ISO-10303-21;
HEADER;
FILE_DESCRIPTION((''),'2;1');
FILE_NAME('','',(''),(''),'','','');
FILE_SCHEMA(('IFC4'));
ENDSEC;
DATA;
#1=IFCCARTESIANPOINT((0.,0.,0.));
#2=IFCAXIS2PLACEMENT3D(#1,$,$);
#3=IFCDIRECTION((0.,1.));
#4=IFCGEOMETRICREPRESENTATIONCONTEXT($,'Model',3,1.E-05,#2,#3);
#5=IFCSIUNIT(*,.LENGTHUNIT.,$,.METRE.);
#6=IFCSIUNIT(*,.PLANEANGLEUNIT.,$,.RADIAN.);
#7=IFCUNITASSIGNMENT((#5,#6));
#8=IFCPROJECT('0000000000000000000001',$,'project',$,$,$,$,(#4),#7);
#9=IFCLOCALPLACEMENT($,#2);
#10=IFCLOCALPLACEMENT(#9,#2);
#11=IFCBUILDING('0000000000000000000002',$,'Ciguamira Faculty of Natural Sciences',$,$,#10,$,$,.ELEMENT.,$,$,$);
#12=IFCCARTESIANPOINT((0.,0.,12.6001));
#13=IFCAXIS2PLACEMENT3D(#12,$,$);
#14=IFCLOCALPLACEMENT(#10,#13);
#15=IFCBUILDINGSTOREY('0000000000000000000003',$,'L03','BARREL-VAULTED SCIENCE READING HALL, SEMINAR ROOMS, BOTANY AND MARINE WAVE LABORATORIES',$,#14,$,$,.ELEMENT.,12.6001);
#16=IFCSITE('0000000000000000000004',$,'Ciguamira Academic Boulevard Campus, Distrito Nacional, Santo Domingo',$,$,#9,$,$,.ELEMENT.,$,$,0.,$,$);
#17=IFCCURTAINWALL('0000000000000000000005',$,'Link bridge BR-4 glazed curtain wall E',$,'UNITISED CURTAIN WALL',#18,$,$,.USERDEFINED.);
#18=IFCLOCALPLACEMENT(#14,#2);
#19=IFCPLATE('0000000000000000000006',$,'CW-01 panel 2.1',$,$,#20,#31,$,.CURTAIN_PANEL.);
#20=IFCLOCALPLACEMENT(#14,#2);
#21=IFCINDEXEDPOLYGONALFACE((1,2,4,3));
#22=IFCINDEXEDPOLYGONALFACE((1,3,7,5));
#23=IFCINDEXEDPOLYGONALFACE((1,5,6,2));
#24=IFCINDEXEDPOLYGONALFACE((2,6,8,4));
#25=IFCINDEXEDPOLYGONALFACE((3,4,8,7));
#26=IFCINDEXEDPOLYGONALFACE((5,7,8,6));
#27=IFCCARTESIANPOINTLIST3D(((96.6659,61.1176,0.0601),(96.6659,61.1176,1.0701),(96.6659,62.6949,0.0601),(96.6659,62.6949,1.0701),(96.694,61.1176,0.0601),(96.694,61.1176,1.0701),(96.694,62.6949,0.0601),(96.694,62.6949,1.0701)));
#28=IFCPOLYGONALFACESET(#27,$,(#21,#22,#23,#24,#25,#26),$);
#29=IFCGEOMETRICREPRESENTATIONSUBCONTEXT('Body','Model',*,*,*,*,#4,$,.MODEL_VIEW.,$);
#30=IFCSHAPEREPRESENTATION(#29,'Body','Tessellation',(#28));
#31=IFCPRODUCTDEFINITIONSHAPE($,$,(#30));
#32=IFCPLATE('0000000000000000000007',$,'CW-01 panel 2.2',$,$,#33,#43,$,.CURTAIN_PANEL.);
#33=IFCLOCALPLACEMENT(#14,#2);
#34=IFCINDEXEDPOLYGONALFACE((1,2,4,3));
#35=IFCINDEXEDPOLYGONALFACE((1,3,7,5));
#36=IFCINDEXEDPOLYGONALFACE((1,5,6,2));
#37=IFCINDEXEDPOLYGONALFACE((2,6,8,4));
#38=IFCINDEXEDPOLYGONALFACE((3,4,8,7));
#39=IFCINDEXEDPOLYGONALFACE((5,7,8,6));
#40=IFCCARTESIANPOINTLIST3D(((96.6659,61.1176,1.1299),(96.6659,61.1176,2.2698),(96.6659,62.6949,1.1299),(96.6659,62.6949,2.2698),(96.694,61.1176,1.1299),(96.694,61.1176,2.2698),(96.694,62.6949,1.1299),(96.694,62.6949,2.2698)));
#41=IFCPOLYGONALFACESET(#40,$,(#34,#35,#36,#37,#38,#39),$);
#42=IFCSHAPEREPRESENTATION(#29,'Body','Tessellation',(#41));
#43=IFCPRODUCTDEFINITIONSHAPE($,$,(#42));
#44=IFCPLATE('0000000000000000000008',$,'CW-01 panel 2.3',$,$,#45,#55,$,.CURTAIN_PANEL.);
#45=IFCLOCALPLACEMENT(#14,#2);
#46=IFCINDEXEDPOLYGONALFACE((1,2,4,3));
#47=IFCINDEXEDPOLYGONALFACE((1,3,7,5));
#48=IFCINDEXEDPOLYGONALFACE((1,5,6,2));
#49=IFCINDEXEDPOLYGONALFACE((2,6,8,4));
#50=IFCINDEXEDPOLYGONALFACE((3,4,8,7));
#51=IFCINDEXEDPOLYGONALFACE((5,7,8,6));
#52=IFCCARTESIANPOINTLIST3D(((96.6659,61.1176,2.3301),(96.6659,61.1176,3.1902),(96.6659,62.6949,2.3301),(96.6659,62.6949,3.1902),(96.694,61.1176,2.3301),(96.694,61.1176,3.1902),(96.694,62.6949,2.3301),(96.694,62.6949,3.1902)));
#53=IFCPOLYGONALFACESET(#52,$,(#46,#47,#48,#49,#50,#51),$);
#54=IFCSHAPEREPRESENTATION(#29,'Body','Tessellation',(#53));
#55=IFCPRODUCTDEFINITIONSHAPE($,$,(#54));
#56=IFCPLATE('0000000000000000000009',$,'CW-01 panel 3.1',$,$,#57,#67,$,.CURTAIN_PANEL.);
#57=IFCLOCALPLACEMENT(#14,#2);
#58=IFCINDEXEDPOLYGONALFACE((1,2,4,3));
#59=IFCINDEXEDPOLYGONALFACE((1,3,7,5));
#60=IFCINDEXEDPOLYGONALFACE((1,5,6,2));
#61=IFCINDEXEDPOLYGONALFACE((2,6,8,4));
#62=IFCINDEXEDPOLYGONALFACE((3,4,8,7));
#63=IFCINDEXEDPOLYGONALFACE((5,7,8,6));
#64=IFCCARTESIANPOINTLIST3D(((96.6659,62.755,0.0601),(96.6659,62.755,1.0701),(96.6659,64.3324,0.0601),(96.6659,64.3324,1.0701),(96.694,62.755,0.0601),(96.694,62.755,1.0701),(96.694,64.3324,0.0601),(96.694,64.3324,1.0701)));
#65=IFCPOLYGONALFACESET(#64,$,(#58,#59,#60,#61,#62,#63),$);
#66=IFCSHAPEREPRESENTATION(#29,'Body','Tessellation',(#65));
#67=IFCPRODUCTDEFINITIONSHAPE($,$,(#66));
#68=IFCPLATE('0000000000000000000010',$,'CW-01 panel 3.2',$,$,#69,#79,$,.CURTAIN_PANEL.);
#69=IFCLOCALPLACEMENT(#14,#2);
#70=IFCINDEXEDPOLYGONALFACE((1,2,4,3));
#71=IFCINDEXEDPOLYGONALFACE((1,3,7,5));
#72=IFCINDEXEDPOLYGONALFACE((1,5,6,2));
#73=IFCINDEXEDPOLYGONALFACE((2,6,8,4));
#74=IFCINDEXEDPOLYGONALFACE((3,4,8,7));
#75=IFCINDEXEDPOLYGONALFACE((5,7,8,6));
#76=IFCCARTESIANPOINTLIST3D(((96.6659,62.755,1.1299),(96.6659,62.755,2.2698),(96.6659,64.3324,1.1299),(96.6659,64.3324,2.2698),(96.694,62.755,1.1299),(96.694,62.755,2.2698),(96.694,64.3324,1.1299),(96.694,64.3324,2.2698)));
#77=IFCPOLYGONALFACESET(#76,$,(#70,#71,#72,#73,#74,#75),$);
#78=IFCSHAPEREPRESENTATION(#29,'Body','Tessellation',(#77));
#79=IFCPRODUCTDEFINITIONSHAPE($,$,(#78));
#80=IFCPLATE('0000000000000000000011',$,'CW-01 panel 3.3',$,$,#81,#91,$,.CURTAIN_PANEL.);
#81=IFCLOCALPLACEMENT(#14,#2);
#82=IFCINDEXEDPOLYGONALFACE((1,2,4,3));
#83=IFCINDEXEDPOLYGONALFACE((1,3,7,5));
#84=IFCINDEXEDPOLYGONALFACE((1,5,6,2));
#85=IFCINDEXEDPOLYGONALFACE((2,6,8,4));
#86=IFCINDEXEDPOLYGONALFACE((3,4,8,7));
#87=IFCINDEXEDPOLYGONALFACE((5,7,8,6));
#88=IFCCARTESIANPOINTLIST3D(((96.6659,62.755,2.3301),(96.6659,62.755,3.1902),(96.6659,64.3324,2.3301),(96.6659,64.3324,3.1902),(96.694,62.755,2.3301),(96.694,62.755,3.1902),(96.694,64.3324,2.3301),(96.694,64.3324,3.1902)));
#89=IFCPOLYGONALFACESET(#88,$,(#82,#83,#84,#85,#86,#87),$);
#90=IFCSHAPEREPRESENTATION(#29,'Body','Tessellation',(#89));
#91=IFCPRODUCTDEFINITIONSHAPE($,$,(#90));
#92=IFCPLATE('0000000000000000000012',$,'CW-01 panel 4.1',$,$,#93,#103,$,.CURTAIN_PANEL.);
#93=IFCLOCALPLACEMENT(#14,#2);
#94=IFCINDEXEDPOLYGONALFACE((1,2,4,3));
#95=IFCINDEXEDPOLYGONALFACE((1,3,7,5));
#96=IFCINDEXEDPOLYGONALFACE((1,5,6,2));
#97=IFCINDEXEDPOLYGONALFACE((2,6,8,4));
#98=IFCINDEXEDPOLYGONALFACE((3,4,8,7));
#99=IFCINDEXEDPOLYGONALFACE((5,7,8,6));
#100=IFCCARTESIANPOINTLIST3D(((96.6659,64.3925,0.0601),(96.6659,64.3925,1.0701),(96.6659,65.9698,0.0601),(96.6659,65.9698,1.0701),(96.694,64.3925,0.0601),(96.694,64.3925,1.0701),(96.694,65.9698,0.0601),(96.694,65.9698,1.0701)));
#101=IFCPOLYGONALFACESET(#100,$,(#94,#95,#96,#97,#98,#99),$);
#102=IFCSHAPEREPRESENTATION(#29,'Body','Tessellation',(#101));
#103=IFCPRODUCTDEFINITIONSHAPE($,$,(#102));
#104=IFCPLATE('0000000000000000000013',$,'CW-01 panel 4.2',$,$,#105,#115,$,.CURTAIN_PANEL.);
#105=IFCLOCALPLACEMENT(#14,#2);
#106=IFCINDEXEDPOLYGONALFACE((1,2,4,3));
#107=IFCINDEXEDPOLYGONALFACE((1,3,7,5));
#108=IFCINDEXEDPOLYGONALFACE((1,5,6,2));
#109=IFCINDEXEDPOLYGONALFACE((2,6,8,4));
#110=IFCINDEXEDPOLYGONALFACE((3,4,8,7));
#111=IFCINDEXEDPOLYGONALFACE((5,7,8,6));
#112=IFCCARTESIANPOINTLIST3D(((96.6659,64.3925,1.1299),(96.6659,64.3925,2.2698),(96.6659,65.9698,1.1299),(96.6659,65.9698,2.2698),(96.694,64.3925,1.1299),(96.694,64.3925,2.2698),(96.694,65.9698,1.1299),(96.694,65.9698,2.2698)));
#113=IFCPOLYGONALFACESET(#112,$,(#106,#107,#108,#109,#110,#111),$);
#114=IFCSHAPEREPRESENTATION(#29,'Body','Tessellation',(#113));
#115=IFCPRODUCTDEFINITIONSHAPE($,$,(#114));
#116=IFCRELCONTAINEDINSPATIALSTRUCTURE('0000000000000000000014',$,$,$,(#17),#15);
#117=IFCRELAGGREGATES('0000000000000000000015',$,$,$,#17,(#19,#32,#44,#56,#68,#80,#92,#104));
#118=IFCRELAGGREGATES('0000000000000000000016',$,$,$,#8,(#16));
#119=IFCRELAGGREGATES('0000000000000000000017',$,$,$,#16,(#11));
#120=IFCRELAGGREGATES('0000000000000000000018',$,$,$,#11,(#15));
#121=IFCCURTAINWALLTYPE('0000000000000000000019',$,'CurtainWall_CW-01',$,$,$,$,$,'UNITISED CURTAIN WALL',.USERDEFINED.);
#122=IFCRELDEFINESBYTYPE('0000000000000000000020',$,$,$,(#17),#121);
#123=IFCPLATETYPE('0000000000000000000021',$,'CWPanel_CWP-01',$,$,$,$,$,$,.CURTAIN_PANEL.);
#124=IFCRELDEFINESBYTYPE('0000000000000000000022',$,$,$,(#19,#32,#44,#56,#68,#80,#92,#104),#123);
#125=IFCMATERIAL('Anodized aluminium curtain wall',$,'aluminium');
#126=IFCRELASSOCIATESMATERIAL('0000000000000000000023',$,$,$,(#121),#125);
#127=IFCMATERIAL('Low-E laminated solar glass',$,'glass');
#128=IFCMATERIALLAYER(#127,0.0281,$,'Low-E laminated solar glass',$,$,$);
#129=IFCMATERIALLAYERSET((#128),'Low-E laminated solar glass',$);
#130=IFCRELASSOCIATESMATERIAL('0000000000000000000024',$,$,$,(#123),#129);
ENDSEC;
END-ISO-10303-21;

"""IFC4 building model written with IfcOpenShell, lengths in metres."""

from ifc_helpers import new_model, si_unit, direction, frame, origin, origin_2d, place, context, subcontext, project, spatial, rectangle, extrude, material, layer, layer_set, type_object, element, aggregate, save


model = new_model("IFC4")

# Units and contexts
model_context = context("Model", 3, precision=1e-05, world=origin(), true_north=direction((0.0, 1.0)))
body_context = subcontext(model_context, "Body", "Model", "MODEL_VIEW")
ifc_project = project(units=[si_unit("LENGTHUNIT", "METRE"), si_unit("PLANEANGLEUNIT", "RADIAN")], contexts=[model_context])

# Site, building, storey
site_placement = place(None, origin())
site = spatial("IfcSite", under=ifc_project, at=site_placement, Name="Ciguamira Academic Boulevard Campus, Distrito Nacional, Santo Domingo", CompositionType="ELEMENT", RefElevation=0.0)
building_placement = place(site_placement, origin())
building = spatial("IfcBuilding", under=site, at=building_placement, Name="Ciguamira Faculty of Natural Sciences", CompositionType="ELEMENT")
storey_placement = place(building_placement, frame((0.0, 0.0, 12.6001)))
storey = spatial("IfcBuildingStorey", under=building, at=storey_placement, Name="L03", Description="BARREL-VAULTED SCIENCE READING HALL, SEMINAR ROOMS, BOTANY AND MARINE WAVE LABORATORIES", CompositionType="ELEMENT", Elevation=12.6001)

# Curtain wall
ifc_material_1 = material(Name="Anodized aluminium curtain wall", Category="aluminium")
curtain_wall_type_1 = type_object("IfcCurtainWallType", Name="CurtainWall_CW-01", ElementType="UNITISED CURTAIN WALL", PredefinedType="USERDEFINED", material=ifc_material_1)
curtain_wall_1_placement = place(storey_placement, origin())
curtain_wall_1 = element("IfcCurtainWall", 1, at=curtain_wall_1_placement, inside=storey, type_object=curtain_wall_type_1, Name="Link bridge BR-4 glazed curtain wall E", ObjectType="UNITISED CURTAIN WALL", PredefinedType="USERDEFINED")

# Plates
ifc_material_2 = material(Name="Low-E laminated solar glass", Category="glass")
ifc_layer = layer(ifc_material_2, 0.0281, Name="Low-E laminated solar glass")
ifc_layer_set = layer_set([ifc_layer], Name="Low-E laminated solar glass")
plate_type = type_object("IfcPlateType", Name="CWPanel_CWP-01", PredefinedType="CURTAIN_PANEL", material=ifc_layer_set)
plate_1_placement = place(storey_placement, frame((96.6799, 61.9062, 0.0601), z_axis=(0.0, 0.0, 1.0), x_axis=(0.0, 1.0, 0.0)))
plate_1 = element("IfcPlate", 2, at=plate_1_placement, type_object=plate_type, Name="CW-01 panel 2.1", PredefinedType="CURTAIN_PANEL", context=body_context, shape_type="SweptSolid", body=[
    extrude(rectangle(XDim=1.5774, YDim=0.0281, at=origin_2d()), origin(), (0.0, 0.0, 1.0), 1.01),
])
plate_2_placement = place(storey_placement, frame((96.6799, 61.9062, 1.1299), z_axis=(0.0, 0.0, 1.0), x_axis=(0.0, 1.0, 0.0)))
plate_2 = element("IfcPlate", 3, at=plate_2_placement, type_object=plate_type, Name="CW-01 panel 2.2", PredefinedType="CURTAIN_PANEL", context=body_context, shape_type="SweptSolid", body=[
    extrude(rectangle(XDim=1.5774, YDim=0.0281, at=origin_2d()), origin(), (0.0, 0.0, 1.0), 1.1399),
])
plate_3_placement = place(storey_placement, frame((96.6799, 61.9062, 2.3301), z_axis=(0.0, 0.0, 1.0), x_axis=(0.0, 1.0, 0.0)))
plate_3 = element("IfcPlate", 4, at=plate_3_placement, type_object=plate_type, Name="CW-01 panel 2.3", PredefinedType="CURTAIN_PANEL", context=body_context, shape_type="SweptSolid", body=[
    extrude(rectangle(XDim=1.5774, YDim=0.0281, at=origin_2d()), origin(), (0.0, 0.0, 1.0), 0.8601),
])
plate_4_placement = place(storey_placement, frame((96.6799, 63.5437, 0.0601), z_axis=(0.0, 0.0, 1.0), x_axis=(0.0, 1.0, 0.0)))
plate_4 = element("IfcPlate", 5, at=plate_4_placement, type_object=plate_type, Name="CW-01 panel 3.1", PredefinedType="CURTAIN_PANEL", context=body_context, shape_type="SweptSolid", body=[
    extrude(rectangle(XDim=1.5774, YDim=0.0281, at=origin_2d()), origin(), (0.0, 0.0, 1.0), 1.01),
])
plate_5_placement = place(storey_placement, frame((96.6799, 63.5437, 1.1299), z_axis=(0.0, 0.0, 1.0), x_axis=(0.0, 1.0, 0.0)))
plate_5 = element("IfcPlate", 6, at=plate_5_placement, type_object=plate_type, Name="CW-01 panel 3.2", PredefinedType="CURTAIN_PANEL", context=body_context, shape_type="SweptSolid", body=[
    extrude(rectangle(XDim=1.5774, YDim=0.0281, at=origin_2d()), origin(), (0.0, 0.0, 1.0), 1.1399),
])
plate_6_placement = place(storey_placement, frame((96.6799, 63.5437, 2.3301), z_axis=(0.0, 0.0, 1.0), x_axis=(0.0, 1.0, 0.0)))
plate_6 = element("IfcPlate", 7, at=plate_6_placement, type_object=plate_type, Name="CW-01 panel 3.3", PredefinedType="CURTAIN_PANEL", context=body_context, shape_type="SweptSolid", body=[
    extrude(rectangle(XDim=1.5774, YDim=0.0281, at=origin_2d()), origin(), (0.0, 0.0, 1.0), 0.8601),
])
plate_7_placement = place(storey_placement, frame((96.6799, 65.1812, 0.0601), z_axis=(0.0, 0.0, 1.0), x_axis=(0.0, 1.0, 0.0)))
plate_7 = element("IfcPlate", 8, at=plate_7_placement, type_object=plate_type, Name="CW-01 panel 4.1", PredefinedType="CURTAIN_PANEL", context=body_context, shape_type="SweptSolid", body=[
    extrude(rectangle(XDim=1.5774, YDim=0.0281, at=origin_2d()), origin(), (0.0, 0.0, 1.0), 1.01),
])
plate_8_placement = place(storey_placement, frame((96.6799, 65.1812, 1.1299), z_axis=(0.0, 0.0, 1.0), x_axis=(0.0, 1.0, 0.0)))
plate_8 = element("IfcPlate", 9, at=plate_8_placement, type_object=plate_type, Name="CW-01 panel 4.2", PredefinedType="CURTAIN_PANEL", context=body_context, shape_type="SweptSolid", body=[
    extrude(rectangle(XDim=1.5774, YDim=0.0281, at=origin_2d()), origin(), (0.0, 0.0, 1.0), 1.1399),
])
aggregate(curtain_wall_1, [plate_1, plate_2, plate_3, plate_4, plate_5, plate_6, plate_7, plate_8])

save(model, "model.ifc")
